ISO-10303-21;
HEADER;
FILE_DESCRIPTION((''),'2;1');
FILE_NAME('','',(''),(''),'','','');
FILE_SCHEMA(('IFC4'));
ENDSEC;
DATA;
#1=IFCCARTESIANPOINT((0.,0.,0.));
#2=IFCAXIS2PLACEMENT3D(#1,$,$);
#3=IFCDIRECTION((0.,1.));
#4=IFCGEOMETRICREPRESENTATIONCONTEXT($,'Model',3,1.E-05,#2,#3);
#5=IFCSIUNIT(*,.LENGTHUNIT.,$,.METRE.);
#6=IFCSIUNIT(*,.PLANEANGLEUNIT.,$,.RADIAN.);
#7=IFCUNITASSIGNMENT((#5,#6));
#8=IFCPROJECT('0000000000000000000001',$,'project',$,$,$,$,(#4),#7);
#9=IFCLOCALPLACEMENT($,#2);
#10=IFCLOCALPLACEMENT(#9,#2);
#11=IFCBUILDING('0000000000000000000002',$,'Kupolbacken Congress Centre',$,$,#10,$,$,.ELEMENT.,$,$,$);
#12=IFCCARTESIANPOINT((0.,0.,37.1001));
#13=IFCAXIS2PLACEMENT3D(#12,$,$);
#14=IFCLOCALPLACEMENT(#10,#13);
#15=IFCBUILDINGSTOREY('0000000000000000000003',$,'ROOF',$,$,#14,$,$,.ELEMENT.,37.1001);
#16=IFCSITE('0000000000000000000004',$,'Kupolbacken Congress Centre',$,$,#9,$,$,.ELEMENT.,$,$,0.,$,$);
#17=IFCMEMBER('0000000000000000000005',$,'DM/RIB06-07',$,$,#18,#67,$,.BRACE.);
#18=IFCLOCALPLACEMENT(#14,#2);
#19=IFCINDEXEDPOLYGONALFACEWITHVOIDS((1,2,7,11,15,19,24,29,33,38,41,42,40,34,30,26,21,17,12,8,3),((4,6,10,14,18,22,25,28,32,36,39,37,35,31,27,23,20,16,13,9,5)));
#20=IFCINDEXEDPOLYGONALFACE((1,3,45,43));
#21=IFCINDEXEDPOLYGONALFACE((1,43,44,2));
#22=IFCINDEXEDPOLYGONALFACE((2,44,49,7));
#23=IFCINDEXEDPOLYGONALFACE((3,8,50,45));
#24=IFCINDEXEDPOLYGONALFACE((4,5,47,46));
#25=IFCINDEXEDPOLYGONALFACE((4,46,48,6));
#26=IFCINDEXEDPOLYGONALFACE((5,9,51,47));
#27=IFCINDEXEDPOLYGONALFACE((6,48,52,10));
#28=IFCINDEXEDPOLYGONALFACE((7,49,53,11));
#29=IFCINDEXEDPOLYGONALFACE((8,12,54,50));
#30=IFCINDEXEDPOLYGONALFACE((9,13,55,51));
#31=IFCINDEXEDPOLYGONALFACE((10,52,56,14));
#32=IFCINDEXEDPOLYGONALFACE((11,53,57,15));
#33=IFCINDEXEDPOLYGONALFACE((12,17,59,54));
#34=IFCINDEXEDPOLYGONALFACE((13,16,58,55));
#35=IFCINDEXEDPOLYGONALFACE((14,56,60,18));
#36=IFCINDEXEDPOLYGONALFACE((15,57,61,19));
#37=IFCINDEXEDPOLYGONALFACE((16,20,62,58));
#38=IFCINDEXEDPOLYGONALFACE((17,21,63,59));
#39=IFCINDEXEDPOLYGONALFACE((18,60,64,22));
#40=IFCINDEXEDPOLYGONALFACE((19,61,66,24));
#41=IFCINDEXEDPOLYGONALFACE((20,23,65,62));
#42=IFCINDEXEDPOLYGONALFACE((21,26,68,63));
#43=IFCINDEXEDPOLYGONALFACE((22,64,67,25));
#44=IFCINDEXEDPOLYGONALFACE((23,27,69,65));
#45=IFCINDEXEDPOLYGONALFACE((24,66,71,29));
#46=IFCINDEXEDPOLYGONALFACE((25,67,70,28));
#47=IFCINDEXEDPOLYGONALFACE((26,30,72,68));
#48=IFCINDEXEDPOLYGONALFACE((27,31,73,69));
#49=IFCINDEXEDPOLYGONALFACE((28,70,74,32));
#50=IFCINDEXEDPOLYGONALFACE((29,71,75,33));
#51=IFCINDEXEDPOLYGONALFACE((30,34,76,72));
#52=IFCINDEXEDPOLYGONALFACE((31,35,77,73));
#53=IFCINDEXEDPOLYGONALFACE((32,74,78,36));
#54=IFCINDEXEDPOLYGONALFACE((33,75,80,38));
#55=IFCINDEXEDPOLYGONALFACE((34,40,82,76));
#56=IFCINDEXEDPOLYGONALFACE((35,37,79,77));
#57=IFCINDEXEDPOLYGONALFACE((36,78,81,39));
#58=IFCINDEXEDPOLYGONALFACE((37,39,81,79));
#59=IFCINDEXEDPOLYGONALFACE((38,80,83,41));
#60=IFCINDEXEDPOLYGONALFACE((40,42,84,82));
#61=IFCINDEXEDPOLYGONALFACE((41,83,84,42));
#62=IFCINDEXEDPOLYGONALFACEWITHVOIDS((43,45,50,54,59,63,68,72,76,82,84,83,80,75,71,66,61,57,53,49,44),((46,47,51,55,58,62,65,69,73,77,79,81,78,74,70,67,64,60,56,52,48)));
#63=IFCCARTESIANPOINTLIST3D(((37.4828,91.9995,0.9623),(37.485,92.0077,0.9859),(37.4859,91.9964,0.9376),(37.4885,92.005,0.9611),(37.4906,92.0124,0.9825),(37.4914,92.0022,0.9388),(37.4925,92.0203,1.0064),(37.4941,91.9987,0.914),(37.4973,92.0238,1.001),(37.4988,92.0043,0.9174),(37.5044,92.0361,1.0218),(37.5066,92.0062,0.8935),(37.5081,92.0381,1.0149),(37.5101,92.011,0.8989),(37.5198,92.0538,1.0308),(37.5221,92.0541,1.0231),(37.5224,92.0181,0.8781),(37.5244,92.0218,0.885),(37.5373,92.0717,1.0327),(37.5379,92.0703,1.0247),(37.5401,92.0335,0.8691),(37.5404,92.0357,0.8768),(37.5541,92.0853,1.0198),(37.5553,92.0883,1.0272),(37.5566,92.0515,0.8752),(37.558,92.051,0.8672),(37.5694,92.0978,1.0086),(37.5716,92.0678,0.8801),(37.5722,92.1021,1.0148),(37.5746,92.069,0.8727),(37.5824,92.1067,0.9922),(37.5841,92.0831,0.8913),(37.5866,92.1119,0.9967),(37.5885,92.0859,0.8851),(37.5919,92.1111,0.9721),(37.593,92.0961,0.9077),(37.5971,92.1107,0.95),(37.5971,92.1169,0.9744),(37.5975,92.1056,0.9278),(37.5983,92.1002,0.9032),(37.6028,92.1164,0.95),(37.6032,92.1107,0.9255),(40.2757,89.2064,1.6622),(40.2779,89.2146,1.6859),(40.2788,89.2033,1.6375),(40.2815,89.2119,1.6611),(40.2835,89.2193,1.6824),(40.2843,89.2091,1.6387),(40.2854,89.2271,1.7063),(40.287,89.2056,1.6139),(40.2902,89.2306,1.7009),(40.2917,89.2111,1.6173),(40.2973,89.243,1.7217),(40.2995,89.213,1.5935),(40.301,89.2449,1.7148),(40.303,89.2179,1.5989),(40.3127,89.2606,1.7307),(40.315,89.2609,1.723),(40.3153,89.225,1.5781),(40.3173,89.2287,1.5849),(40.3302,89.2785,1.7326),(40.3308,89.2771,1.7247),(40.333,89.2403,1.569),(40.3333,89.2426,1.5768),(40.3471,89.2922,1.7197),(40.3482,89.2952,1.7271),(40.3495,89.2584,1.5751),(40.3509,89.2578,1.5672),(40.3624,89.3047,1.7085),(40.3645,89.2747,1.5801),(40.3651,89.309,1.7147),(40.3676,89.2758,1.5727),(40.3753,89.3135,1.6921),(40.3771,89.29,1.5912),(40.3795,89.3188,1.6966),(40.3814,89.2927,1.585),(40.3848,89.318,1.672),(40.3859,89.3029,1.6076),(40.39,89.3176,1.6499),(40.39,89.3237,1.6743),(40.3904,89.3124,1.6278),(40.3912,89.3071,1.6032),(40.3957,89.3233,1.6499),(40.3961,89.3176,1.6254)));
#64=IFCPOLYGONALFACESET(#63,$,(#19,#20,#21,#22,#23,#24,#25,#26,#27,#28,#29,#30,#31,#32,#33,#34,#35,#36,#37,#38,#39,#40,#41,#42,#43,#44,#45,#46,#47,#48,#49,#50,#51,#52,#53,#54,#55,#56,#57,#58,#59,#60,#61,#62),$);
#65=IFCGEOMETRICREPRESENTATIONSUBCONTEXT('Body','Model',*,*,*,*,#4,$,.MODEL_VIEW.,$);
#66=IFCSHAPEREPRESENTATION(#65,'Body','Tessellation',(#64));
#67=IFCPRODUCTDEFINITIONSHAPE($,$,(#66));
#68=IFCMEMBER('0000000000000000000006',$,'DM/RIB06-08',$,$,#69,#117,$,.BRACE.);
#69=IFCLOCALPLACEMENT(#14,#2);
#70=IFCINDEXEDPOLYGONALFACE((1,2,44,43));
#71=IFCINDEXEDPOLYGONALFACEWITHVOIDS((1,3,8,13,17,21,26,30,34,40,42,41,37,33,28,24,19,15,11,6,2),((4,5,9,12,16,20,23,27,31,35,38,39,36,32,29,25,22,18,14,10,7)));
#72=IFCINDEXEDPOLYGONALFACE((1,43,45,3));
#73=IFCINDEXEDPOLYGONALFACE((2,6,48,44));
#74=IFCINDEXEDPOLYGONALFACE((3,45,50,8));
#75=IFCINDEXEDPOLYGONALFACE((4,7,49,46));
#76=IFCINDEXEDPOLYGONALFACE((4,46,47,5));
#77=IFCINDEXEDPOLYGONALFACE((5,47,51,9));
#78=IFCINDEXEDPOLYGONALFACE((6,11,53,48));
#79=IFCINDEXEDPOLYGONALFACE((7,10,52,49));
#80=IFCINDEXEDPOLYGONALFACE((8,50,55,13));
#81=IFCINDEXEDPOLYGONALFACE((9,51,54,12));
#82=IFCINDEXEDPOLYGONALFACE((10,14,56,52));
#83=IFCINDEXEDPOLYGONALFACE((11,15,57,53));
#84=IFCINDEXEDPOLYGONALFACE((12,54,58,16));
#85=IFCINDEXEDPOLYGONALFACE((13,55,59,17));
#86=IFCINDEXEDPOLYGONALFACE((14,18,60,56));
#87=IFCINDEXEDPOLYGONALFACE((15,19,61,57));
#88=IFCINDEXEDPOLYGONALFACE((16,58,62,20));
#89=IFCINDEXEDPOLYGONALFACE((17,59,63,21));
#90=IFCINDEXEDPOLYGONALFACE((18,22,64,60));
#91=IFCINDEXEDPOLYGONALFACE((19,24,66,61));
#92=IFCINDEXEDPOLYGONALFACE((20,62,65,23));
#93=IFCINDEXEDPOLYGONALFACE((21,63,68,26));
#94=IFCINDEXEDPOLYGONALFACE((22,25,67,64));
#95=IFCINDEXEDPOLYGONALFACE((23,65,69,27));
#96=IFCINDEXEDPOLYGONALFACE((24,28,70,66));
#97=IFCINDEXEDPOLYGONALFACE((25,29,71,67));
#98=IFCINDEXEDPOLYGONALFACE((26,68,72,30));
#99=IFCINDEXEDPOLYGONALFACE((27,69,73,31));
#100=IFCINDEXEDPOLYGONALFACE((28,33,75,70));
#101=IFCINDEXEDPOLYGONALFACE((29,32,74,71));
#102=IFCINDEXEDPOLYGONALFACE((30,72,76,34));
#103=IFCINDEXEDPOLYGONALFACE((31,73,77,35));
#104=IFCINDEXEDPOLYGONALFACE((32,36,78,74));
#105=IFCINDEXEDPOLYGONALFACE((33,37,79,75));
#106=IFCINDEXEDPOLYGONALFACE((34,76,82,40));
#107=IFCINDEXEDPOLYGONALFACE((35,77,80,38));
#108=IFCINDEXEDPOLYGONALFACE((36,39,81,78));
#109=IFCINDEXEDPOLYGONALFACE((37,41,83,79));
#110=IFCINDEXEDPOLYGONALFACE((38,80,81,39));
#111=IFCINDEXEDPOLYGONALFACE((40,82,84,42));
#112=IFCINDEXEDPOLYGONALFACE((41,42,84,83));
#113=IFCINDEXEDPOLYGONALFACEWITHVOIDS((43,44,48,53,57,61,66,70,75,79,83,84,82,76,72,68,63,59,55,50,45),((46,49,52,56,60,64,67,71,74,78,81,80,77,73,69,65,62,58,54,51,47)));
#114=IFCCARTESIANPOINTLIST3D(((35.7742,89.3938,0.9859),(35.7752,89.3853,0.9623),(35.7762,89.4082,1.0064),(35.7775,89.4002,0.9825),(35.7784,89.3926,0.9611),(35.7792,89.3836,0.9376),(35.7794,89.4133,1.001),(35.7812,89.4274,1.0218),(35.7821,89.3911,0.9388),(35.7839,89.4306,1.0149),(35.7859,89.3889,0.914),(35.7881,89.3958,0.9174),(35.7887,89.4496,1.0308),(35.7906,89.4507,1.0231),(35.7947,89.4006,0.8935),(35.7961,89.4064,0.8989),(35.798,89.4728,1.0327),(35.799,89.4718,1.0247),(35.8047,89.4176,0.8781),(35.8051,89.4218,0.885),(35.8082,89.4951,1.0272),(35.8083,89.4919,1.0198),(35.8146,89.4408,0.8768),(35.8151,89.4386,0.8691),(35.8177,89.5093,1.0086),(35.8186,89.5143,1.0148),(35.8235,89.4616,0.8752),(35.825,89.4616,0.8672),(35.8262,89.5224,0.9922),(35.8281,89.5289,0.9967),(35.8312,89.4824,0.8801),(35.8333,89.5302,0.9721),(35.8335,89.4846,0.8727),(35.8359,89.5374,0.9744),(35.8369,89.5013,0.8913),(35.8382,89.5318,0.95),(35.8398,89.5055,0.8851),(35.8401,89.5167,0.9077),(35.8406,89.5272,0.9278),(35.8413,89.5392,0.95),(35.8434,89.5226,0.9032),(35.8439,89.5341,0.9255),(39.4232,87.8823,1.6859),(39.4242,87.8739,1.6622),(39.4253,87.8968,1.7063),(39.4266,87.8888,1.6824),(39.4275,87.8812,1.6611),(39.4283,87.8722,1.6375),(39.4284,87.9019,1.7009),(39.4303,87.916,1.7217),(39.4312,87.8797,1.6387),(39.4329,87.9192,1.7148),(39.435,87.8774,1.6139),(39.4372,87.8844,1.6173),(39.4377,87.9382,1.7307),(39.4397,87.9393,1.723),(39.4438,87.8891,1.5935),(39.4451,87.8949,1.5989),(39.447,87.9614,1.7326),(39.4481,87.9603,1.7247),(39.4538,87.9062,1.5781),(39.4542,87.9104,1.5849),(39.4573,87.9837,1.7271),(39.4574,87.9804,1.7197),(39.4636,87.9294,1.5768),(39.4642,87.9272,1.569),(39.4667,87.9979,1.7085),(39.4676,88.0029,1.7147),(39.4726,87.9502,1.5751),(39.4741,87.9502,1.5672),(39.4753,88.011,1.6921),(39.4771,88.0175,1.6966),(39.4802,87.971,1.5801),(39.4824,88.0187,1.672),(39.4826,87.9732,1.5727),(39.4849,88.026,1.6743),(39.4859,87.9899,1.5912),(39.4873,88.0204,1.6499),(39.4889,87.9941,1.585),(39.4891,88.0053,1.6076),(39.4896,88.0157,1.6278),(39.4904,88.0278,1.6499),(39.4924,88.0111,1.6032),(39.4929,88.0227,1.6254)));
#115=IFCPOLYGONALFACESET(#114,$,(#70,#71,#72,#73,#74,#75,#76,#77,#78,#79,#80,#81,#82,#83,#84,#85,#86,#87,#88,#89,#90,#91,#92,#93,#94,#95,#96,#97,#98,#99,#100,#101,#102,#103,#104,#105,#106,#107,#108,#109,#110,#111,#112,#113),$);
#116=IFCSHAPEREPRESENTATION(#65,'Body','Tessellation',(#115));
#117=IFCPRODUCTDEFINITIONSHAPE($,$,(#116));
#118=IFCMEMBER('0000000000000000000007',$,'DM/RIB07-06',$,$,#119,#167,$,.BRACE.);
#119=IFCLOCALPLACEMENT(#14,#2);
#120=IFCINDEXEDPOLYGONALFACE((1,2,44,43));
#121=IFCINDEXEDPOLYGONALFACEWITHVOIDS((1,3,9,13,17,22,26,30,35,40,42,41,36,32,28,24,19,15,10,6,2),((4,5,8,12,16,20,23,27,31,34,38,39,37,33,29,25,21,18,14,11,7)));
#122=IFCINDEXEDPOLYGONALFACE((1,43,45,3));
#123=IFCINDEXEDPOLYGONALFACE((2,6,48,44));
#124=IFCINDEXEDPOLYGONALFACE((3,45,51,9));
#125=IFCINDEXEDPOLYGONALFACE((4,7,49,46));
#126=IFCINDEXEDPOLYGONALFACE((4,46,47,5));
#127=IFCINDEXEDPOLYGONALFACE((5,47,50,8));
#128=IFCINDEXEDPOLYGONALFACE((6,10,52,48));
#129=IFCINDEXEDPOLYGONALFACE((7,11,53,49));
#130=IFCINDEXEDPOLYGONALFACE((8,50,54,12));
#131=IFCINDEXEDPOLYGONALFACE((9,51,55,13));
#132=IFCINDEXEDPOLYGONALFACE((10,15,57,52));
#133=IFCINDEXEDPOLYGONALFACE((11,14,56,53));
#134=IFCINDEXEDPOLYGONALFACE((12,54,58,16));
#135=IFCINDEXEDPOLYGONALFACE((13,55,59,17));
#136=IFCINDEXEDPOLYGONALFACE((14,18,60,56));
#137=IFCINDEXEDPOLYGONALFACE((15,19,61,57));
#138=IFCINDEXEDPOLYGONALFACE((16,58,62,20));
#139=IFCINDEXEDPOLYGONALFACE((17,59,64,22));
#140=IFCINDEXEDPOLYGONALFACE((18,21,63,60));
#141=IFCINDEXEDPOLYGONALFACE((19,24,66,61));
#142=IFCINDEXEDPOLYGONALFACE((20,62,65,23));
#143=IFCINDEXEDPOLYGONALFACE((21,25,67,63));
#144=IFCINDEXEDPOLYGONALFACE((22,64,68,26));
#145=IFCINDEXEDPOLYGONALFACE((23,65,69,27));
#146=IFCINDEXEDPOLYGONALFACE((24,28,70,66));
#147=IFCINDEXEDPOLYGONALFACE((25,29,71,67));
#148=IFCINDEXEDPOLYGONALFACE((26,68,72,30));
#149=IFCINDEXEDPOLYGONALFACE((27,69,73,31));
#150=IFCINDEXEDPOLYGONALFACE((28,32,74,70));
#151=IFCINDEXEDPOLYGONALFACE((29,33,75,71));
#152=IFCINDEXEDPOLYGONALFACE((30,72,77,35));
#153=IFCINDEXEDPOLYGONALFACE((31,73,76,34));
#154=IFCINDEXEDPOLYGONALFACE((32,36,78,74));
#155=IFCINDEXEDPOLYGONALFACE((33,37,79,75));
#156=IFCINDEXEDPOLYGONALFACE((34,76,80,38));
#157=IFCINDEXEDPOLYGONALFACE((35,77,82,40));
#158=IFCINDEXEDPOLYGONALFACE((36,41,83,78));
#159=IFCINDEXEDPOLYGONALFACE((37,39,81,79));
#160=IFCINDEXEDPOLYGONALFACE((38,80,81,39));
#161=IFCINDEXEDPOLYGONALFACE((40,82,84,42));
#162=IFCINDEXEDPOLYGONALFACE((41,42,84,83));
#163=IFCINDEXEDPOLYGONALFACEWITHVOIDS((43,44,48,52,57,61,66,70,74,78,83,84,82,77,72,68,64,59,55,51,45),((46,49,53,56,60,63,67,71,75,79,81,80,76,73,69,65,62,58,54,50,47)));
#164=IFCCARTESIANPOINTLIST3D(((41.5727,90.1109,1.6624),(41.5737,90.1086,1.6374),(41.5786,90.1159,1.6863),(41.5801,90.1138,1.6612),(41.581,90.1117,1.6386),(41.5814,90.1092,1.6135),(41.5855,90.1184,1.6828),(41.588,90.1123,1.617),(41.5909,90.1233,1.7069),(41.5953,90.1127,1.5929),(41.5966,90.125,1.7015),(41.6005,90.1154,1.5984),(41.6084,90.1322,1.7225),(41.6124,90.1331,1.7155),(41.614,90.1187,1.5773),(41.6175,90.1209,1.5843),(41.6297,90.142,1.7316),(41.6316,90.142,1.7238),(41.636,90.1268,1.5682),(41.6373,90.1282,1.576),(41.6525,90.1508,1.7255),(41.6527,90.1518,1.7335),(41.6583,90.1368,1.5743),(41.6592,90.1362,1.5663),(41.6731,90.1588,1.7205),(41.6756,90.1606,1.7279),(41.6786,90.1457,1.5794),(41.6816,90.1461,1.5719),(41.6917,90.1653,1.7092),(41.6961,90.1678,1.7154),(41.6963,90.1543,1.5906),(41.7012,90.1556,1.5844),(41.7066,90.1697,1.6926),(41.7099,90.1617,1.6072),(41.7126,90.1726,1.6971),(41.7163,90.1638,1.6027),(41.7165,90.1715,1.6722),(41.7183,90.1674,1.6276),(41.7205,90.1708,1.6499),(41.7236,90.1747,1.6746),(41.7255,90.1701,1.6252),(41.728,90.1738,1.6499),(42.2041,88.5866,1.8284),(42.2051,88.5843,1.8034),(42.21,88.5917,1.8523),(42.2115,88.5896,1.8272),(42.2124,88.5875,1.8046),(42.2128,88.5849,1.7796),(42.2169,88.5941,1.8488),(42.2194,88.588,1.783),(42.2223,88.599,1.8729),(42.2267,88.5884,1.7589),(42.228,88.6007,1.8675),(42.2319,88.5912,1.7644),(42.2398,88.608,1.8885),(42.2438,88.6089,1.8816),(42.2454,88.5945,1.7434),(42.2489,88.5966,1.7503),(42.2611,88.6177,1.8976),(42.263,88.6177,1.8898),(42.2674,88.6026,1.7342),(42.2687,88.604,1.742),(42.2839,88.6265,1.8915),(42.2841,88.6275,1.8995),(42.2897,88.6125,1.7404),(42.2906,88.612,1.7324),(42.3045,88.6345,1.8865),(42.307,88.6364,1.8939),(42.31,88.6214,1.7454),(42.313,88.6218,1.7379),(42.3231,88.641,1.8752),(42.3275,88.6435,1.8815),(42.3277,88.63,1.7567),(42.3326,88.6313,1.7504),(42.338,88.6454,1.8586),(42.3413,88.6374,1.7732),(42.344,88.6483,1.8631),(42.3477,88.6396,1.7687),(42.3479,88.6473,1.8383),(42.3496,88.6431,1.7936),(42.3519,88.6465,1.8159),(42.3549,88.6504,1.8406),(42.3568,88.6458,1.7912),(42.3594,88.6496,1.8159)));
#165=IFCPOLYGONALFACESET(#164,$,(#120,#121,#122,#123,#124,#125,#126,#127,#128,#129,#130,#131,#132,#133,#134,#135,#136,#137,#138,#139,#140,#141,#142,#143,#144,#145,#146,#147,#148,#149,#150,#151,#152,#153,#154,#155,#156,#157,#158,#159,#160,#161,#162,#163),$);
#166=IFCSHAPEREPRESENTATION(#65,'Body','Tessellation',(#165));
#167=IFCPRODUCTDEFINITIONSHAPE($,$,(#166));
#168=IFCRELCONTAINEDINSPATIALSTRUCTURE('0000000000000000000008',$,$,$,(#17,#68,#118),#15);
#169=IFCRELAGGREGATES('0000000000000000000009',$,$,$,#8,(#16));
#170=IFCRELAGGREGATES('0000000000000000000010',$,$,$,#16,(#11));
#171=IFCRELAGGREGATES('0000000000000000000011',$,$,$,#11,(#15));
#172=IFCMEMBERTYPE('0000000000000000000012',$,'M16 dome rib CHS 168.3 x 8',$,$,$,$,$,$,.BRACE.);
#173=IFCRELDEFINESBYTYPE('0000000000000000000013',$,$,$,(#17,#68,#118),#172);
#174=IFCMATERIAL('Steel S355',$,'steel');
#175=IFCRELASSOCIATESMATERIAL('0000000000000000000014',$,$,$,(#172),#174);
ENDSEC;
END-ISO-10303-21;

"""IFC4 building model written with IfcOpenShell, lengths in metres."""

from ifc_helpers import new_model, si_unit, direction, frame, origin, origin_2d, place, context, subcontext, project, spatial, hollow_circle, extrude, material, material_profile, profile_set, type_object, element, save


model = new_model("IFC4")

# Units and contexts
model_context = context("Model", 3, precision=1e-05, world=origin(), true_north=direction((0.0, 1.0)))
body_context = subcontext(model_context, "Body", "Model", "MODEL_VIEW")
ifc_project = project(units=[si_unit("LENGTHUNIT", "METRE"), si_unit("PLANEANGLEUNIT", "RADIAN")], contexts=[model_context])

# Site, building, storey
site_placement = place(None, origin())
site = spatial("IfcSite", under=ifc_project, at=site_placement, Name="Kupolbacken Congress Centre", CompositionType="ELEMENT", RefElevation=0.0)
building_placement = place(site_placement, origin())
building = spatial("IfcBuilding", under=site, at=building_placement, Name="Kupolbacken Congress Centre", CompositionType="ELEMENT")
storey_placement = place(building_placement, frame((0.0, 0.0, 37.1001)))
storey = spatial("IfcBuildingStorey", under=building, at=storey_placement, Name="ROOF", CompositionType="ELEMENT", Elevation=37.1001)

# Members
ifc_material_1 = material(Name="Steel S355", Category="steel")
ifc_material_profile_1 = material_profile(ifc_material_1, hollow_circle(Radius=0.0842, WallThickness=0.0081, at=origin_2d()), Name="CHS 168.3 x 8")
ifc_profile_set_1 = profile_set([ifc_material_profile_1], Name="Steel S355")
member_type_1 = type_object("IfcMemberType", Name="M16 dome rib CHS 168.3 x 8", PredefinedType="BRACE", material=ifc_profile_set_1)
member_1_placement = place(storey_placement, frame((37.5432, 92.0569, 0.95), z_axis=(0.696229, -0.69629, 0.174483), x_axis=(0.707138, 0.707076, 0.0)))
element("IfcMember", 1, at=member_1_placement, inside=storey, type_object=member_type_1, Name="DM/RIB06-07", PredefinedType="BRACE", context=body_context, shape_type="SweptSolid", body=[
    extrude(hollow_circle(Radius=0.0842, WallThickness=0.0081, at=origin_2d()), origin(), (0.0, 0.0, 1.0), 4.0115),
])
member_2_placement = place(storey_placement, frame((35.8091, 89.4614, 0.95), z_axis=(0.909711, -0.376799, 0.174493), x_axis=(0.38267, 0.923885, 0.0)))
element("IfcMember", 2, at=member_2_placement, inside=storey, type_object=member_type_1, Name="DM/RIB06-08", PredefinedType="BRACE", context=body_context, shape_type="SweptSolid", body=[
    extrude(hollow_circle(Radius=0.0842, WallThickness=0.0081, at=origin_2d()), origin(), (0.0, 0.0, 1.0), 4.0112),
])
for number, where, z_axis, x_axis, name in (
    (3, (41.6501, 90.1416, 1.6499), (0.380769, -0.919234, 0.100125), (0.923876, 0.382692, 0.0), "DM/RIB07-06"),
):
    element("IfcMember", number, at=place(storey_placement, frame(where, z_axis=z_axis, x_axis=x_axis)), inside=storey, type_object=member_type_1, Name=name, PredefinedType="BRACE", context=body_context, shape_type="SweptSolid", body=[
        extrude(hollow_circle(Radius=0.0842, WallThickness=0.0081, at=origin_2d()), origin(), (0.0, 0.0, 1.0), 1.6582),
    ])

save(model, "model.ifc")
